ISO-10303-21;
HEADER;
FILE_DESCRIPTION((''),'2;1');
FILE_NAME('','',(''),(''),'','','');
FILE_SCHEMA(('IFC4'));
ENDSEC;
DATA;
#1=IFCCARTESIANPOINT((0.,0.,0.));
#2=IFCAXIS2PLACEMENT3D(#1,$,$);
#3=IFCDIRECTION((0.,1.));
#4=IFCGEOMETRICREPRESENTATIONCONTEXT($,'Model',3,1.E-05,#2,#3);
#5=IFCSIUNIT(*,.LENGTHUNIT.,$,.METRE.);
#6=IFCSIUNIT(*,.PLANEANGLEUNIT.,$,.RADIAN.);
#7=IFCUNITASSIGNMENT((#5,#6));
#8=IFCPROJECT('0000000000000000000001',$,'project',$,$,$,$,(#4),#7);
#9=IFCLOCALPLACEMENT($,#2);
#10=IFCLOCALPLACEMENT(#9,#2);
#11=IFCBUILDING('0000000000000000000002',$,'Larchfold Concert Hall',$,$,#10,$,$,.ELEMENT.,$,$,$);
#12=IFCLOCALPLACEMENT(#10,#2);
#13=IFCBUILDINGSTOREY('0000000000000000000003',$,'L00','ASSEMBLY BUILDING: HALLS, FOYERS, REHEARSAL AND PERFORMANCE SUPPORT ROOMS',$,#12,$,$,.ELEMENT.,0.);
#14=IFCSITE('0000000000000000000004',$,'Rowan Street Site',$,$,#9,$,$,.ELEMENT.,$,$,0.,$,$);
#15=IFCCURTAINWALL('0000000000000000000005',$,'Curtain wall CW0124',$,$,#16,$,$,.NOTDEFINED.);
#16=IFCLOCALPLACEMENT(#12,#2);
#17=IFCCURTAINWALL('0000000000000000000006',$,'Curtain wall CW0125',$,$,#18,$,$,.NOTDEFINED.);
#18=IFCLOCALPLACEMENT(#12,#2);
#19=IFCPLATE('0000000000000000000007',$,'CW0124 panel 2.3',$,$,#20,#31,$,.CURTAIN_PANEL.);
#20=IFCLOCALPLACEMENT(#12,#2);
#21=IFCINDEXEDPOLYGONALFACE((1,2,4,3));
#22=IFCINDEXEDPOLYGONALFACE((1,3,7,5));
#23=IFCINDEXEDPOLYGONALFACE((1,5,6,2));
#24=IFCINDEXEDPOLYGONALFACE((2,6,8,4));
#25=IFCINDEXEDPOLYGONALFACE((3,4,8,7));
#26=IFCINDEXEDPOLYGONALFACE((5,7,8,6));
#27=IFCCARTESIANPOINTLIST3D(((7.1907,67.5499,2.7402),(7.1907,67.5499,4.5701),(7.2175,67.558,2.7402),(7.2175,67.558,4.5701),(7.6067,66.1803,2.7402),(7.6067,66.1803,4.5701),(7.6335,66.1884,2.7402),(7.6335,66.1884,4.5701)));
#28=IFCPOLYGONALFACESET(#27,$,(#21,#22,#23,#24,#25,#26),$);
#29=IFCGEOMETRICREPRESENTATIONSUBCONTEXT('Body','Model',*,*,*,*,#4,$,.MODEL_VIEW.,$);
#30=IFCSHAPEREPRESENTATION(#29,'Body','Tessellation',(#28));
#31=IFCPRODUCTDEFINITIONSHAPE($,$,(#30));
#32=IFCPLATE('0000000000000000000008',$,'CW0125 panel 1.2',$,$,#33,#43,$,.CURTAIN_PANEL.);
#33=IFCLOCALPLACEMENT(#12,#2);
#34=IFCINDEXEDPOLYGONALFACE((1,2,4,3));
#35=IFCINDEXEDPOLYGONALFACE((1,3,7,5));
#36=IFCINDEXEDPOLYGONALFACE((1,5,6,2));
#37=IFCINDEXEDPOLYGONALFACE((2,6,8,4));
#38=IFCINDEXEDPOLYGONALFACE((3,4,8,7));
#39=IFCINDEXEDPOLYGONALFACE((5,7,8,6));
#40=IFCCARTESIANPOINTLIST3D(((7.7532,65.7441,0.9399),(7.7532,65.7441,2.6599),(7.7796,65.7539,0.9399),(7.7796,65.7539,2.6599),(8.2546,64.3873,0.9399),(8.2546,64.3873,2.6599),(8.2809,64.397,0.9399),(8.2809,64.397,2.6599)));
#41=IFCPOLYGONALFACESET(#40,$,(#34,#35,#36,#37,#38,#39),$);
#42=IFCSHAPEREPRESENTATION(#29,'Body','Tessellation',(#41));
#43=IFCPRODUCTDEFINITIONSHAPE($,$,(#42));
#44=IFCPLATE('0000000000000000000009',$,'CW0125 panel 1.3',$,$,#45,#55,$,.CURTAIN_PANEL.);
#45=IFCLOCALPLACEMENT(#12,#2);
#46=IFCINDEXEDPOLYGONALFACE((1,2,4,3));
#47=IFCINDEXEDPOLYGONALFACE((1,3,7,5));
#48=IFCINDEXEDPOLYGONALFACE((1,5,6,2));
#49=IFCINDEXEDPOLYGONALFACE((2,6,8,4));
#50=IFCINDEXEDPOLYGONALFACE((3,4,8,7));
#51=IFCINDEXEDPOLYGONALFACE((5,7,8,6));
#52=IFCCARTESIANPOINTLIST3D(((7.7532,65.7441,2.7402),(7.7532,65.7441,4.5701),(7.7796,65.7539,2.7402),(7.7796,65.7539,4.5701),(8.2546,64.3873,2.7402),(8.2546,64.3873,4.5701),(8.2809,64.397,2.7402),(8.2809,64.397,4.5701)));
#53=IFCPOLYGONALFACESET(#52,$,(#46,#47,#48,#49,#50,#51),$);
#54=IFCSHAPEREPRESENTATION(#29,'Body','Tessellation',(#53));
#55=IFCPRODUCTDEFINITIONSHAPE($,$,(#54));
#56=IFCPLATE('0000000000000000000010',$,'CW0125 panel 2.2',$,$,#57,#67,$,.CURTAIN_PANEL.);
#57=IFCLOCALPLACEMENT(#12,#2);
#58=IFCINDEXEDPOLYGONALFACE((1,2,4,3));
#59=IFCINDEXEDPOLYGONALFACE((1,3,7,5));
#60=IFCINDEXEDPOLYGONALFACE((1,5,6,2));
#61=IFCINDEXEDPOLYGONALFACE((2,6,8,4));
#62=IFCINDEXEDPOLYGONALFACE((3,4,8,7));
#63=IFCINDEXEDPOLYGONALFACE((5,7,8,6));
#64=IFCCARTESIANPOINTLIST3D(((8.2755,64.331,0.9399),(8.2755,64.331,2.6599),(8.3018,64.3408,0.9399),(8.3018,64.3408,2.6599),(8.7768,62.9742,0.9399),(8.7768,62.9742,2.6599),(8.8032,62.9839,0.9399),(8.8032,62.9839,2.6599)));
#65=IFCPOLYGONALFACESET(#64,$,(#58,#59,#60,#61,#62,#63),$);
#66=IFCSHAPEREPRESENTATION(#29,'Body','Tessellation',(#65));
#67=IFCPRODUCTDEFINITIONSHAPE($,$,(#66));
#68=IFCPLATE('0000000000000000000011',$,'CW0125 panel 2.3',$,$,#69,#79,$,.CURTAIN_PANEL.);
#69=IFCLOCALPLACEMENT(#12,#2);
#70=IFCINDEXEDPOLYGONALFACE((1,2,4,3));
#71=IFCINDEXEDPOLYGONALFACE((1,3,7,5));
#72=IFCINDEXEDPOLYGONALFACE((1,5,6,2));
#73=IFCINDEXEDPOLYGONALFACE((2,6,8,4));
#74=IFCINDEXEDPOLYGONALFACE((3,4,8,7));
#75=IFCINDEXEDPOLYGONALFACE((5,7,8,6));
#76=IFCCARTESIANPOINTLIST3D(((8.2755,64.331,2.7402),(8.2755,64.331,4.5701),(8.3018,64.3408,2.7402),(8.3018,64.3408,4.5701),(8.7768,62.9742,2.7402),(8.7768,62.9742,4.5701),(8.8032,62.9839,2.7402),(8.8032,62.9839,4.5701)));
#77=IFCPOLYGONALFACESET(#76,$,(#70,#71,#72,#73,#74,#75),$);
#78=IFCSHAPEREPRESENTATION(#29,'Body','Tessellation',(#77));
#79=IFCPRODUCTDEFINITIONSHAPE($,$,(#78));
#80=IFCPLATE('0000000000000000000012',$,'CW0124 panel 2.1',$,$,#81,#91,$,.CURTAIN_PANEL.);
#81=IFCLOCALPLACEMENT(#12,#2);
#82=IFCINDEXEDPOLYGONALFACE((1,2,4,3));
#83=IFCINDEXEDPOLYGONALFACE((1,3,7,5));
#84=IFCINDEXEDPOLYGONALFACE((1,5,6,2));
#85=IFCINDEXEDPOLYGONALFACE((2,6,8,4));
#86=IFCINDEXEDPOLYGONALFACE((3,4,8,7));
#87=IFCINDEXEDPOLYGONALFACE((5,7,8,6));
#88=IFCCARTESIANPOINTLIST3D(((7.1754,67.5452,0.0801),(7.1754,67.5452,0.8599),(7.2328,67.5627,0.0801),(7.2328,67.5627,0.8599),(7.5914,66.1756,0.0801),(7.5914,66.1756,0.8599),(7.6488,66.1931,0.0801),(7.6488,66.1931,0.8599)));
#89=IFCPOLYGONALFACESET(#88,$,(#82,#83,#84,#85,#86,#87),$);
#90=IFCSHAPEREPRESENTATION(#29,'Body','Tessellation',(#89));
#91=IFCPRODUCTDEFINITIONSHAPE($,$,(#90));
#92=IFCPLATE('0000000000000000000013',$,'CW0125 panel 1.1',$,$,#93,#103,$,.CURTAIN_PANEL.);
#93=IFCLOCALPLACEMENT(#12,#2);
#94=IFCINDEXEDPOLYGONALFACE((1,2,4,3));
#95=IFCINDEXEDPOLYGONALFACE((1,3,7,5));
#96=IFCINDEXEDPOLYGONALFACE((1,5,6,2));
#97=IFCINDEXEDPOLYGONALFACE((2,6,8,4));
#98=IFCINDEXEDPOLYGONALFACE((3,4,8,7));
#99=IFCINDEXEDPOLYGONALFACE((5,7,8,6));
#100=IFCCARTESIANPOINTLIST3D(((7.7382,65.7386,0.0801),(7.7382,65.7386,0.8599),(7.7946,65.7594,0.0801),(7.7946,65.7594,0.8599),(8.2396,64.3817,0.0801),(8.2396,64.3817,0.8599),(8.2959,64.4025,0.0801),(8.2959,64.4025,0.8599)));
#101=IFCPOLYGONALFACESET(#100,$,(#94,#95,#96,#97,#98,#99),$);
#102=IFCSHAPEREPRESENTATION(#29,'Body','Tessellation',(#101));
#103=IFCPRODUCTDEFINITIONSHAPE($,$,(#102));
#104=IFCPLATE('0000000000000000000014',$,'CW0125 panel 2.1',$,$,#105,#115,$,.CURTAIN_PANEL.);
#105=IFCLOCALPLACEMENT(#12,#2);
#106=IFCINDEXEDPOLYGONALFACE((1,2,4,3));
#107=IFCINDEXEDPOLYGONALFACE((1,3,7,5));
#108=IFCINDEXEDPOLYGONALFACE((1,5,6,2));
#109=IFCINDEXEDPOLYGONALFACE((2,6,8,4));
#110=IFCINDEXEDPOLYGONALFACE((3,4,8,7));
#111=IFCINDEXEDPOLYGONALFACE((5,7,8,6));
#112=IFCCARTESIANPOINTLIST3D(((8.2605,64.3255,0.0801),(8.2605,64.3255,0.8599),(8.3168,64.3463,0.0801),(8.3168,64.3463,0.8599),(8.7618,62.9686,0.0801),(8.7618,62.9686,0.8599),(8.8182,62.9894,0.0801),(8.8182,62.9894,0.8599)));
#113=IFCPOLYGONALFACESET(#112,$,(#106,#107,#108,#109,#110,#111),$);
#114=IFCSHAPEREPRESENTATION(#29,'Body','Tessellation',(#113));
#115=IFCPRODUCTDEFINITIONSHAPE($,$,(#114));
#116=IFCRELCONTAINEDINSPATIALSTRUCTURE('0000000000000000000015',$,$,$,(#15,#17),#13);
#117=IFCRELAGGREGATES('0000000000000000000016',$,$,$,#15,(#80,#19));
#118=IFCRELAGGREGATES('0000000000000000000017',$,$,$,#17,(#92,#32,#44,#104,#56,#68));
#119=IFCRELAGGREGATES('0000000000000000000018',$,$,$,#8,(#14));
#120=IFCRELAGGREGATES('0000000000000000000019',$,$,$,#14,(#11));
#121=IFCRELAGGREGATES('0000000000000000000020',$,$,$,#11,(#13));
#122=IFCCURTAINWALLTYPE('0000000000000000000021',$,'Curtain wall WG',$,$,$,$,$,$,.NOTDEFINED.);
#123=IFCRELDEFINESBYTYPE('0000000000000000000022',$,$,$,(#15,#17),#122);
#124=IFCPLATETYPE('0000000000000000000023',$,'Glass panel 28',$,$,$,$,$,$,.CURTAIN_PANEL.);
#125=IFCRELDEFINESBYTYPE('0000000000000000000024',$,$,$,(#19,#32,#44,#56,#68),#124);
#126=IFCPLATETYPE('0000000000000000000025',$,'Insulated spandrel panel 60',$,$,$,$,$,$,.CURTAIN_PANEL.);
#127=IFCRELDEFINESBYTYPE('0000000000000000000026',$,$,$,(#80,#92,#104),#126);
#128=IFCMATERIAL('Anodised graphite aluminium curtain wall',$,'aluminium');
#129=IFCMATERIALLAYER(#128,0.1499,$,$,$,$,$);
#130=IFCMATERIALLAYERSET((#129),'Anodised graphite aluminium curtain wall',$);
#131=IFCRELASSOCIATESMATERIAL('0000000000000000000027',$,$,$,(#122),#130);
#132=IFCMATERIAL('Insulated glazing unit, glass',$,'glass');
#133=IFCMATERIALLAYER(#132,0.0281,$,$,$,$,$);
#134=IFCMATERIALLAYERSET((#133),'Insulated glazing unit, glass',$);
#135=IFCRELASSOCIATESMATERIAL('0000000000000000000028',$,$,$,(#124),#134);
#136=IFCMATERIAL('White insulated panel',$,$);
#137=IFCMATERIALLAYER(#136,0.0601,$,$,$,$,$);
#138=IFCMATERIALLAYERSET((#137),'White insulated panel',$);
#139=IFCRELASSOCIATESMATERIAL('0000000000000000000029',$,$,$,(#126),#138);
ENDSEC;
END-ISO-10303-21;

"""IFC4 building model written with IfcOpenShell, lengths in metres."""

from ifc_helpers import new_model, si_unit, direction, frame, origin, origin_2d, place, context, subcontext, project, spatial, rectangle, extrude, material, layer, layer_set, type_object, element, aggregate, save


model = new_model("IFC4")

# Units and contexts
model_context = context("Model", 3, precision=1e-05, world=origin(), true_north=direction((0.0, 1.0)))
body_context = subcontext(model_context, "Body", "Model", "MODEL_VIEW")
ifc_project = project(units=[si_unit("LENGTHUNIT", "METRE"), si_unit("PLANEANGLEUNIT", "RADIAN")], contexts=[model_context])

# Site, building, storey
site_placement = place(None, origin())
site = spatial("IfcSite", under=ifc_project, at=site_placement, Name="Rowan Street Site", CompositionType="ELEMENT", RefElevation=0.0)
building_placement = place(site_placement, origin())
building = spatial("IfcBuilding", under=site, at=building_placement, Name="Larchfold Concert Hall", CompositionType="ELEMENT")
storey_placement = place(building_placement, origin())
storey = spatial("IfcBuildingStorey", under=building, at=storey_placement, Name="L00", Description="ASSEMBLY BUILDING: HALLS, FOYERS, REHEARSAL AND PERFORMANCE SUPPORT ROOMS", CompositionType="ELEMENT", Elevation=0.0)

# Curtain walls
ifc_material_1 = material(Name="Anodised graphite aluminium curtain wall", Category="aluminium")
ifc_layer_1 = layer(ifc_material_1, 0.1499)
ifc_layer_set_1 = layer_set([ifc_layer_1], Name="Anodised graphite aluminium curtain wall")
curtain_wall_type = type_object("IfcCurtainWallType", Name="Curtain wall WG", PredefinedType="NOTDEFINED", material=ifc_layer_set_1)
curtain_wall_1_placement = place(storey_placement, origin())
curtain_wall_1 = element("IfcCurtainWall", 1, at=curtain_wall_1_placement, inside=storey, type_object=curtain_wall_type, Name="Curtain wall CW0124", PredefinedType="NOTDEFINED")
curtain_wall_2_placement = place(storey_placement, origin())
curtain_wall_2 = element("IfcCurtainWall", 2, at=curtain_wall_2_placement, inside=storey, type_object=curtain_wall_type, Name="Curtain wall CW0125", PredefinedType="NOTDEFINED")

# Plates
ifc_material_2 = material(Name="Insulated glazing unit, glass", Category="glass")
ifc_layer_2 = layer(ifc_material_2, 0.0281)
ifc_layer_set_2 = layer_set([ifc_layer_2], Name="Insulated glazing unit, glass")
plate_type_1 = type_object("IfcPlateType", Name="Glass panel 28", PredefinedType="CURTAIN_PANEL", material=ifc_layer_set_2)
plate_1_placement = place(storey_placement, frame((7.4121, 66.8691, 2.7402), z_axis=(0.0, 0.0, 1.0), x_axis=(0.290622, -0.956838, 0.0)))
plate_1 = element("IfcPlate", 3, at=plate_1_placement, type_object=plate_type_1, Name="CW0124 panel 2.3", PredefinedType="CURTAIN_PANEL", context=body_context, shape_type="SweptSolid", body=[
    extrude(rectangle(XDim=1.4314, YDim=0.0281, at=origin_2d()), origin(), (0.0, 0.0, 1.0), 1.8298),
])
plate_2_placement = place(storey_placement, frame((8.0171, 65.0706, 0.9399), z_axis=(0.0, 0.0, 1.0), x_axis=(0.346592, -0.938016, 0.0)))
plate_2 = element("IfcPlate", 4, at=plate_2_placement, type_object=plate_type_1, Name="CW0125 panel 1.2", PredefinedType="CURTAIN_PANEL", context=body_context, shape_type="SweptSolid", body=[
    extrude(rectangle(XDim=1.4465, YDim=0.0281, at=origin_2d()), origin(), (0.0, 0.0, 1.0), 1.72),
])
plate_3_placement = place(storey_placement, frame((8.0171, 65.0706, 2.7402), z_axis=(0.0, 0.0, 1.0), x_axis=(0.346592, -0.938016, 0.0)))
plate_3 = element("IfcPlate", 5, at=plate_3_placement, type_object=plate_type_1, Name="CW0125 panel 1.3", PredefinedType="CURTAIN_PANEL", context=body_context, shape_type="SweptSolid", body=[
    extrude(rectangle(XDim=1.4465, YDim=0.0281, at=origin_2d()), origin(), (0.0, 0.0, 1.0), 1.8298),
])
plate_4_placement = place(storey_placement, frame((8.5393, 63.6575, 0.9399), z_axis=(0.0, 0.0, 1.0), x_axis=(0.346592, -0.938016, 0.0)))
plate_4 = element("IfcPlate", 6, at=plate_4_placement, type_object=plate_type_1, Name="CW0125 panel 2.2", PredefinedType="CURTAIN_PANEL", context=body_context, shape_type="SweptSolid", body=[
    extrude(rectangle(XDim=1.4465, YDim=0.0281, at=origin_2d()), origin(), (0.0, 0.0, 1.0), 1.72),
])
plate_5_placement = place(storey_placement, frame((8.5393, 63.6575, 2.7402), z_axis=(0.0, 0.0, 1.0), x_axis=(0.346592, -0.938016, 0.0)))
plate_5 = element("IfcPlate", 7, at=plate_5_placement, type_object=plate_type_1, Name="CW0125 panel 2.3", PredefinedType="CURTAIN_PANEL", context=body_context, shape_type="SweptSolid", body=[
    extrude(rectangle(XDim=1.4465, YDim=0.0281, at=origin_2d()), origin(), (0.0, 0.0, 1.0), 1.8298),
])
ifc_material_3 = material(Name="White insulated panel")
ifc_layer_3 = layer(ifc_material_3, 0.0601)
ifc_layer_set_3 = layer_set([ifc_layer_3], Name="White insulated panel")
plate_type_2 = type_object("IfcPlateType", Name="Insulated spandrel panel 60", PredefinedType="CURTAIN_PANEL", material=ifc_layer_set_3)
plate_6_placement = place(storey_placement, frame((7.4121, 66.8691, 0.0801), z_axis=(0.0, 0.0, 1.0), x_axis=(0.290622, -0.956838, 0.0)))
plate_6 = element("IfcPlate", 8, at=plate_6_placement, type_object=plate_type_2, Name="CW0124 panel 2.1", PredefinedType="CURTAIN_PANEL", context=body_context, shape_type="SweptSolid", body=[
    extrude(rectangle(XDim=1.4314, YDim=0.0601, at=origin_2d()), origin(), (0.0, 0.0, 1.0), 0.7798),
])
aggregate(curtain_wall_1, [plate_6, plate_1])
plate_7_placement = place(storey_placement, frame((8.0171, 65.0706, 0.0801), z_axis=(0.0, 0.0, 1.0), x_axis=(0.346592, -0.938016, 0.0)))
plate_7 = element("IfcPlate", 9, at=plate_7_placement, type_object=plate_type_2, Name="CW0125 panel 1.1", PredefinedType="CURTAIN_PANEL", context=body_context, shape_type="SweptSolid", body=[
    extrude(rectangle(XDim=1.4465, YDim=0.0601, at=origin_2d()), origin(), (0.0, 0.0, 1.0), 0.7798),
])
plate_8_placement = place(storey_placement, frame((8.5393, 63.6575, 0.0801), z_axis=(0.0, 0.0, 1.0), x_axis=(0.346592, -0.938016, 0.0)))
plate_8 = element("IfcPlate", 10, at=plate_8_placement, type_object=plate_type_2, Name="CW0125 panel 2.1", PredefinedType="CURTAIN_PANEL", context=body_context, shape_type="SweptSolid", body=[
    extrude(rectangle(XDim=1.4465, YDim=0.0601, at=origin_2d()), origin(), (0.0, 0.0, 1.0), 0.7798),
])
aggregate(curtain_wall_2, [plate_7, plate_2, plate_3, plate_8, plate_4, plate_5])

save(model, "model.ifc")
